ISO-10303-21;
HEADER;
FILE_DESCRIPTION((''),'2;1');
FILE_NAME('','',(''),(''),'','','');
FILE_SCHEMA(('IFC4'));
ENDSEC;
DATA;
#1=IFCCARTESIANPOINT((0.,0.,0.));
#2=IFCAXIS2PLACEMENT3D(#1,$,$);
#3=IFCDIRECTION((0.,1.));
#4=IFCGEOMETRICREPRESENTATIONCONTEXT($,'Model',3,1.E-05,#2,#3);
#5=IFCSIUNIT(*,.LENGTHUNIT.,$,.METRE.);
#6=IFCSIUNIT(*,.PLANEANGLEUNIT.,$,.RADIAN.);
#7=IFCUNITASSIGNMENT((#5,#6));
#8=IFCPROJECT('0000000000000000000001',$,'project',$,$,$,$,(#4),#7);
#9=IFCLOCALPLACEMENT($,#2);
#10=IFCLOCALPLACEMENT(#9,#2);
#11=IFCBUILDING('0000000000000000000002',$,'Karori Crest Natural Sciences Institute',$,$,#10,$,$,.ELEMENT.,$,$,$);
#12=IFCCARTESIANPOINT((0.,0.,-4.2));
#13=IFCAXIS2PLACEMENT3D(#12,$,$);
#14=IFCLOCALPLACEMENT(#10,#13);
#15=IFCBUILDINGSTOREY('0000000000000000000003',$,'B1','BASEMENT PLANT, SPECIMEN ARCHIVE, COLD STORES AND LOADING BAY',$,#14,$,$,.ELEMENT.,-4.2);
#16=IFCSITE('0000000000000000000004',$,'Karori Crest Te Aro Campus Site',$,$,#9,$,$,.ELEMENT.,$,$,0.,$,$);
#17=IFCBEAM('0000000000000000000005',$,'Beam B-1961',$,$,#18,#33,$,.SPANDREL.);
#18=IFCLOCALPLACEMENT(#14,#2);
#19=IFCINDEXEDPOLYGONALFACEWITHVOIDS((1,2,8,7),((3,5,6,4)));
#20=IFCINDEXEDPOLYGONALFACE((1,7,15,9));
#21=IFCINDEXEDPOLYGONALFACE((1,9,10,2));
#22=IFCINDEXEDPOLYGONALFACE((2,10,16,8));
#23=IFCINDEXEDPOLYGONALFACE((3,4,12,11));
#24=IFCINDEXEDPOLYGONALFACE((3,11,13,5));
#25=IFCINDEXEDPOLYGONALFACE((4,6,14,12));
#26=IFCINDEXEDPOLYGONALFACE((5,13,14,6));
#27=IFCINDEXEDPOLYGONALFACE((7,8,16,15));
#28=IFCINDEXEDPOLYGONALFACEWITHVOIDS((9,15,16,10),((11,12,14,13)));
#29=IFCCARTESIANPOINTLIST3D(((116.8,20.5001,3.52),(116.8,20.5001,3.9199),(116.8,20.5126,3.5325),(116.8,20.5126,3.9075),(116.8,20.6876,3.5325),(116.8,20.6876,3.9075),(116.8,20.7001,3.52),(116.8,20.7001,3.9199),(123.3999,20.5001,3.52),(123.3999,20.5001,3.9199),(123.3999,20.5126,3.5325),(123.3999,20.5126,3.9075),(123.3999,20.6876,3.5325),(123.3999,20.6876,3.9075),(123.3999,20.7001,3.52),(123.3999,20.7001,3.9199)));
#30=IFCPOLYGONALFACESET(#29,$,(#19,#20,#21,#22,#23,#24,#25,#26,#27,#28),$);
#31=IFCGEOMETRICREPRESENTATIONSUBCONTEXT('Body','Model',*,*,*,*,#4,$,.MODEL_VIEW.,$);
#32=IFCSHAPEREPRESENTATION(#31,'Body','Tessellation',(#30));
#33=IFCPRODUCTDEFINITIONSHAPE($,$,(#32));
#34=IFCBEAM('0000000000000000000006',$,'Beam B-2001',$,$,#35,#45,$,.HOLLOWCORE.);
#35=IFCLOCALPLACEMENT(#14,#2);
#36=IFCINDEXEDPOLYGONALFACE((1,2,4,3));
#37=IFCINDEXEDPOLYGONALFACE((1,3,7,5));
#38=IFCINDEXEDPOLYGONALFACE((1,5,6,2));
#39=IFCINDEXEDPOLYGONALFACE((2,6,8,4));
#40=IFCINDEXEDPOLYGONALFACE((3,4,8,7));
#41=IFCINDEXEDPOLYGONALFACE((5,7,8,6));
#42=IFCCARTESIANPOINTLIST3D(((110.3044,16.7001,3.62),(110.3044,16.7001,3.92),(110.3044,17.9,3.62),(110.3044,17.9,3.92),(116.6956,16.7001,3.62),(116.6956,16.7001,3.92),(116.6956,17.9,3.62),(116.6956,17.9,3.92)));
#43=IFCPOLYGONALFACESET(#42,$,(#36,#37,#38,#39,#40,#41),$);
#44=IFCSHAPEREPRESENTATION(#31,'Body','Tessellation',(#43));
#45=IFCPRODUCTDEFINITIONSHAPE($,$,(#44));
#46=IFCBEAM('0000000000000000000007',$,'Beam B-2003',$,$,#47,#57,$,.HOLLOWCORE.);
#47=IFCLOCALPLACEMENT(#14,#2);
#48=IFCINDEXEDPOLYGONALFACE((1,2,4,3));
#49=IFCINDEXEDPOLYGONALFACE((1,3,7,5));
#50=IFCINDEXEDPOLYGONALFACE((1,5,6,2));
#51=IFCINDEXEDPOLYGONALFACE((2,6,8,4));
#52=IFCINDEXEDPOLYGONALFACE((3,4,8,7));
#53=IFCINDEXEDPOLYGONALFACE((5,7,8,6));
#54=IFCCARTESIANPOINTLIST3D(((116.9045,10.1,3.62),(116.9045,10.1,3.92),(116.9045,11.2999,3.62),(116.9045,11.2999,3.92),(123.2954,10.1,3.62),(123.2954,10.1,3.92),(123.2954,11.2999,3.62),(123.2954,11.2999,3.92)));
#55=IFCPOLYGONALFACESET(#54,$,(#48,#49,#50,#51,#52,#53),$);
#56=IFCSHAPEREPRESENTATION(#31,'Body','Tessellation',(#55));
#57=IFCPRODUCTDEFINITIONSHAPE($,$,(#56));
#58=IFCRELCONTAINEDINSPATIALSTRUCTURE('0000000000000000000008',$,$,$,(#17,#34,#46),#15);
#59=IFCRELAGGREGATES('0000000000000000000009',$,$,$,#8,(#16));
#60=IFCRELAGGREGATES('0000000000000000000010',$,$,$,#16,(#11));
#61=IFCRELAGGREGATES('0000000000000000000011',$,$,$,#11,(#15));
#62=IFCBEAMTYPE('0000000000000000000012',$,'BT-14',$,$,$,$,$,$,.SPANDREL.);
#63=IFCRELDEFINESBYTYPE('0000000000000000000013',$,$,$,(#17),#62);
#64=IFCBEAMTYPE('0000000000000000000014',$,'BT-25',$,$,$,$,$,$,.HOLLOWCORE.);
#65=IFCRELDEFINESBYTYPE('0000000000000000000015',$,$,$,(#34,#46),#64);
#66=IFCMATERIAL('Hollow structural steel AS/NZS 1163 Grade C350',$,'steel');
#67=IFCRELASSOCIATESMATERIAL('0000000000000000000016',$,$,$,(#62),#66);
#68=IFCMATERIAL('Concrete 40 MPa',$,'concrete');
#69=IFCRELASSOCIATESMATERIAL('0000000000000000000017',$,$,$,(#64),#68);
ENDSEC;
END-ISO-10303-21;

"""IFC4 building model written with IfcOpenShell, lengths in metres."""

from ifc_helpers import new_model, si_unit, direction, frame, origin, origin_2d, place, context, subcontext, project, spatial, rectangle, hollow_rectangle, extrude, material, material_profile, profile_set, type_object, element, save


model = new_model("IFC4")

# Units and contexts
model_context = context("Model", 3, precision=1e-05, world=origin(), true_north=direction((0.0, 1.0)))
body_context = subcontext(model_context, "Body", "Model", "MODEL_VIEW")
ifc_project = project(units=[si_unit("LENGTHUNIT", "METRE"), si_unit("PLANEANGLEUNIT", "RADIAN")], contexts=[model_context])

# Site, building, storey
site_placement = place(None, origin())
site = spatial("IfcSite", under=ifc_project, at=site_placement, Name="Karori Crest Te Aro Campus Site", CompositionType="ELEMENT", RefElevation=0.0)
building_placement = place(site_placement, origin())
building = spatial("IfcBuilding", under=site, at=building_placement, Name="Karori Crest Natural Sciences Institute", CompositionType="ELEMENT")
storey_placement = place(building_placement, frame((0.0, 0.0, -4.2)))
storey = spatial("IfcBuildingStorey", under=building, at=storey_placement, Name="B1", Description="BASEMENT PLANT, SPECIMEN ARCHIVE, COLD STORES AND LOADING BAY", CompositionType="ELEMENT", Elevation=-4.2)

# Shared definitions
ifc_material_1 = material(Name="Concrete 40 MPa", Category="concrete")

# Beams
ifc_material_2 = material(Name="Hollow structural steel AS/NZS 1163 Grade C350", Category="steel")
ifc_material_profile_1 = material_profile(ifc_material_2, hollow_rectangle(XDim=0.2, YDim=0.3999, WallThickness=0.0125, at=origin_2d()), Name="RHS400x200x12.5")
ifc_profile_set_1 = profile_set([ifc_material_profile_1], Name="Hollow structural steel AS/NZS 1163 Grade C350")
beam_type_1 = type_object("IfcBeamType", Name="BT-14", PredefinedType="SPANDREL", material=ifc_profile_set_1)
beam_1_placement = place(storey_placement, frame((116.8, 20.6001, 3.72), z_axis=(1.0, 0.0, 0.0), x_axis=(0.0, 1.0, 0.0)))
element("IfcBeam", 1, at=beam_1_placement, inside=storey, type_object=beam_type_1, Name="Beam B-1961", PredefinedType="SPANDREL", context=body_context, shape_type="SweptSolid", body=[
    extrude(hollow_rectangle(XDim=0.2, YDim=0.3999, WallThickness=0.0125, at=origin_2d()), origin(), (0.0, 0.0, 1.0), 6.5999),
])
ifc_material_profile_2 = material_profile(ifc_material_1, rectangle(XDim=1.2, YDim=0.3, at=origin_2d()), Name="HCP1200x300")
ifc_profile_set_2 = profile_set([ifc_material_profile_2], Name="Concrete 40 MPa")
beam_type_2 = type_object("IfcBeamType", Name="BT-25", PredefinedType="HOLLOWCORE", material=ifc_profile_set_2)
beam_2_placement = place(storey_placement, frame((110.3044, 17.3, 3.77), z_axis=(1.0, 0.0, 0.0), x_axis=(0.0, 1.0, 0.0)))
element("IfcBeam", 2, at=beam_2_placement, inside=storey, type_object=beam_type_2, Name="Beam B-2001", PredefinedType="HOLLOWCORE", context=body_context, shape_type="SweptSolid", body=[
    extrude(rectangle(XDim=1.2, YDim=0.3, at=origin_2d()), origin(), (0.0, 0.0, 1.0), 6.3911),
])
beam_3_placement = place(storey_placement, frame((116.9045, 10.7, 3.77), z_axis=(1.0, 0.0, 0.0), x_axis=(0.0, 1.0, 0.0)))
element("IfcBeam", 3, at=beam_3_placement, inside=storey, type_object=beam_type_2, Name="Beam B-2003", PredefinedType="HOLLOWCORE", context=body_context, shape_type="SweptSolid", body=[
    extrude(rectangle(XDim=1.2, YDim=0.3, at=origin_2d()), origin(), (0.0, 0.0, 1.0), 6.3909),
])

save(model, "model.ifc")
